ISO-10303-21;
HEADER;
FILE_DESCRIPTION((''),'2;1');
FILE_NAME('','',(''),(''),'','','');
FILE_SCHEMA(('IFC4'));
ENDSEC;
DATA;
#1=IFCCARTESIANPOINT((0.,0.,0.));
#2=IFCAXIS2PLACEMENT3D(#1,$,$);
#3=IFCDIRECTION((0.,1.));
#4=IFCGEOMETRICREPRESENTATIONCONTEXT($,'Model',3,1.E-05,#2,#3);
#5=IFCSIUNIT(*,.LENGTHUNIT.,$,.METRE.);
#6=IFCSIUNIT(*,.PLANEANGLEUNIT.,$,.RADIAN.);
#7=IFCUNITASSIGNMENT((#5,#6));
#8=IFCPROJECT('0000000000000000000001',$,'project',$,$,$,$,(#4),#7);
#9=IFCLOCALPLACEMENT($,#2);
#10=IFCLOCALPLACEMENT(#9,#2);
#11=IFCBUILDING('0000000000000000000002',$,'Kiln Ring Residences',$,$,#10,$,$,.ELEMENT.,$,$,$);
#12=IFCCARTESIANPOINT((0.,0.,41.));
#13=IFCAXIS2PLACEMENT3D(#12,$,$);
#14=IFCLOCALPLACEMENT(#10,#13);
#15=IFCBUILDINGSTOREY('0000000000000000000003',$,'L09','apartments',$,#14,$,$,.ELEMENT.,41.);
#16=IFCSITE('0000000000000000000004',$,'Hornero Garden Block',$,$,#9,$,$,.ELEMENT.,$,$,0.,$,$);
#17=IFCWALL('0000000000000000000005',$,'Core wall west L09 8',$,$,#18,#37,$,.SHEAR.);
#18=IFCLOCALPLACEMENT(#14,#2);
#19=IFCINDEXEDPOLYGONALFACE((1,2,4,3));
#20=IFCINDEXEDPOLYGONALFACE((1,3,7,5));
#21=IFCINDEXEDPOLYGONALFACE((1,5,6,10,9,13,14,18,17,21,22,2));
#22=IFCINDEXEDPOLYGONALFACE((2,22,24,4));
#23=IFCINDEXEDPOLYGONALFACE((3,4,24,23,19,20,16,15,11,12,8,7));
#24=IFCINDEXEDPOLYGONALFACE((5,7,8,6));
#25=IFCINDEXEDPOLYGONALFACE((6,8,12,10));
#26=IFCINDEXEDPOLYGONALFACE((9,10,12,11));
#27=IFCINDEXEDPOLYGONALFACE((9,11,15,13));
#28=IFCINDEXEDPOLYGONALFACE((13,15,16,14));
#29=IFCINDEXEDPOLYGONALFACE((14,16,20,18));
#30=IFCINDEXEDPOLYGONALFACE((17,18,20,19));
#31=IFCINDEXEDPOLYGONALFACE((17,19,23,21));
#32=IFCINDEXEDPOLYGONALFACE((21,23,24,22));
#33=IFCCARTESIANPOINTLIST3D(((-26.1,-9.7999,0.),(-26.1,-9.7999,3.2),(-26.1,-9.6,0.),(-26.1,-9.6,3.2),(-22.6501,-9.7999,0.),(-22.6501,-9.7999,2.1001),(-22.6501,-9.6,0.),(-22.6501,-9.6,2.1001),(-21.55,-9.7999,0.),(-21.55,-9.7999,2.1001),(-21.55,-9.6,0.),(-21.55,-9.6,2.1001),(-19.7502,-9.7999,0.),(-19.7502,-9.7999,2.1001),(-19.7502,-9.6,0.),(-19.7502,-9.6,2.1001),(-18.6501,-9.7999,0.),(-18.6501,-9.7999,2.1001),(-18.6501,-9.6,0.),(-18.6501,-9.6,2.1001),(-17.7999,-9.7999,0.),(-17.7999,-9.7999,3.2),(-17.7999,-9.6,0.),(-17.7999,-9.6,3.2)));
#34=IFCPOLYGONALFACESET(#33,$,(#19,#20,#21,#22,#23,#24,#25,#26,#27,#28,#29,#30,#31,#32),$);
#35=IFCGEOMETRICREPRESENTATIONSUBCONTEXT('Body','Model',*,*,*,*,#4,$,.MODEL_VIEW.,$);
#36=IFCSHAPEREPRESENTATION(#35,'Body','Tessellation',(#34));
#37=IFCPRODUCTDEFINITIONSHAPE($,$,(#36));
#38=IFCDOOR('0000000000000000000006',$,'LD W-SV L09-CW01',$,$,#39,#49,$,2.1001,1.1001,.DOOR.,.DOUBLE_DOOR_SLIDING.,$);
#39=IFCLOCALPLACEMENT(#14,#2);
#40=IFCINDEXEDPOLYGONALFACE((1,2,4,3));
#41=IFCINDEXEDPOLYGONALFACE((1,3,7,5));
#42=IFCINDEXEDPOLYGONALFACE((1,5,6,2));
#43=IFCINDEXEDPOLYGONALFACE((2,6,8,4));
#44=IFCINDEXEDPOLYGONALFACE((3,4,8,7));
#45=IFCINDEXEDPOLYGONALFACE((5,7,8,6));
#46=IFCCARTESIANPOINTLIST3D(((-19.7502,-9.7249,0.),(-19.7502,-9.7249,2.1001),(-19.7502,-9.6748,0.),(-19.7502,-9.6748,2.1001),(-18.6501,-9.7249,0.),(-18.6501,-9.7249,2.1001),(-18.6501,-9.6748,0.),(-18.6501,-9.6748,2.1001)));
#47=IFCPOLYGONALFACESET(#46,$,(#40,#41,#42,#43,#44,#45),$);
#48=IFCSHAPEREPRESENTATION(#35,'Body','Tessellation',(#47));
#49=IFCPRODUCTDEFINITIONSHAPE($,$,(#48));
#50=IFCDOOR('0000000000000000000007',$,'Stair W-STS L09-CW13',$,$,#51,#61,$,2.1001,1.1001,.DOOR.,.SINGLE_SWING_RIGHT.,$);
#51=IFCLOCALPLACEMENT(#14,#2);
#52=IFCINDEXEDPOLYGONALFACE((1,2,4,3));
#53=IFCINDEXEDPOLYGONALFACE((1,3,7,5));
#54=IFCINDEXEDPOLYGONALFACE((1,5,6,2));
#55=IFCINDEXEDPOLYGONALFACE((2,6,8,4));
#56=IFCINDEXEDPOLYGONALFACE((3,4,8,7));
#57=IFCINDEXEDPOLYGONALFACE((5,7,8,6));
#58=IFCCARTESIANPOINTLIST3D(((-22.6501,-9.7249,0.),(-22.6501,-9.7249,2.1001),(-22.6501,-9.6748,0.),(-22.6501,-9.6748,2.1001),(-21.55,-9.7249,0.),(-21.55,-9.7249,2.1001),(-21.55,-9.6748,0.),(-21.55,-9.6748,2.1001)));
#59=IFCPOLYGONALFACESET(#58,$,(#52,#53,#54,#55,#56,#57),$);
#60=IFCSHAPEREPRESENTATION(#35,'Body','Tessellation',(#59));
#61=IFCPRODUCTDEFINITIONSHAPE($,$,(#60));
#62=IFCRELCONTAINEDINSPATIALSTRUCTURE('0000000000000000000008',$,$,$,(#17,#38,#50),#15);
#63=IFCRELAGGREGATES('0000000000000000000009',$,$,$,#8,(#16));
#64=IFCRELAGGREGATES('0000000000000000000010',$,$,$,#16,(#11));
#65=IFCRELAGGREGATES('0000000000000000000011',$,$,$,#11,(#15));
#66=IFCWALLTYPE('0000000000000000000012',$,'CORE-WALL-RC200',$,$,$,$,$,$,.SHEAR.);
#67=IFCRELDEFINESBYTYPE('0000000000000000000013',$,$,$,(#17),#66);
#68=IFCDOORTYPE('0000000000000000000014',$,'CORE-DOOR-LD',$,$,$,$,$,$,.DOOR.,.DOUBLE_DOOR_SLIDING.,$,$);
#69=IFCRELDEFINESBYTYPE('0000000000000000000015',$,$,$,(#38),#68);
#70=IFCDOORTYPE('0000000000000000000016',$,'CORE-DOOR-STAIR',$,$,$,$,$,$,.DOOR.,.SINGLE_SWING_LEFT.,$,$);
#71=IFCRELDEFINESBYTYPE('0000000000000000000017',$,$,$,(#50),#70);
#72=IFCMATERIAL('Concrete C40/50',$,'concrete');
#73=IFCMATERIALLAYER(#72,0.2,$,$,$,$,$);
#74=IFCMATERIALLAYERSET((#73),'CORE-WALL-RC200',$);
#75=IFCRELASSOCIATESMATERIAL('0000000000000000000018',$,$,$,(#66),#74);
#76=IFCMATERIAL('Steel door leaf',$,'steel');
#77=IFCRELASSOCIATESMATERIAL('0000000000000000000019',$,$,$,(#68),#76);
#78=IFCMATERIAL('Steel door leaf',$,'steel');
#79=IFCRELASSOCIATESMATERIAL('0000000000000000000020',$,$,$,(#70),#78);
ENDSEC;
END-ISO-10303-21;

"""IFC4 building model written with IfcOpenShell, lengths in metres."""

from ifc_helpers import new_model, si_unit, direction, frame, frame_2d, origin, place, context, subcontext, project, spatial, rectangle, extrude, material, layer, layer_set, type_object, element, fill, save


model = new_model("IFC4")

# Units and contexts
model_context = context("Model", 3, precision=1e-05, world=origin(), true_north=direction((0.0, 1.0)))
body_context = subcontext(model_context, "Body", "Model", "MODEL_VIEW")
ifc_project = project(units=[si_unit("LENGTHUNIT", "METRE"), si_unit("PLANEANGLEUNIT", "RADIAN")], contexts=[model_context])

# Site, building, storey
site_placement = place(None, origin())
site = spatial("IfcSite", under=ifc_project, at=site_placement, Name="Hornero Garden Block", CompositionType="ELEMENT", RefElevation=0.0)
building_placement = place(site_placement, origin())
building = spatial("IfcBuilding", under=site, at=building_placement, Name="Kiln Ring Residences", CompositionType="ELEMENT")
storey_placement = place(building_placement, frame((0.0, 0.0, 41.0)))
storey = spatial("IfcBuildingStorey", under=building, at=storey_placement, Name="L09", Description="apartments", CompositionType="ELEMENT", Elevation=41.0)

# Wall, openings, doors
ifc_material_1 = material(Name="Concrete C40/50", Category="concrete")
ifc_layer_1 = layer(ifc_material_1, 0.2)
ifc_layer_set_1 = layer_set([ifc_layer_1], Name="CORE-WALL-RC200")
wall_type_1 = type_object("IfcWallType", Name="CORE-WALL-RC200", PredefinedType="SHEAR", material=ifc_layer_set_1)
wall_1_placement = place(storey_placement, frame((-17.8, -9.7, 0.0), z_axis=(0.0, 0.0, 1.0), x_axis=(-1.0, 0.0, 0.0)))
wall_1 = element("IfcWall", 1, at=wall_1_placement, inside=storey, type_object=wall_type_1, Name="Core wall west L09 8", PredefinedType="SHEAR", context=body_context, shape_type="SweptSolid", body=[
    extrude(rectangle(XDim=8.3, YDim=0.2, at=frame_2d((4.1499, 0.0))), origin(), (0.0, 0.0, 1.0), 3.2),
])
opening_1_placement = place(wall_1_placement, frame((0.8501, 0.0, 0.0)))
opening_1 = element("IfcOpeningElement", 2, at=opening_1_placement, cuts=wall_1, PredefinedType="OPENING", context=body_context, shape_type="SweptSolid", body=[
    extrude(rectangle(XDim=1.1001, YDim=2.1001, at=frame_2d((0.55, 1.05))), frame((0.0, 0.1099, 0.0), z_axis=(0.0, -1.0, 0.0), x_axis=(1.0, 0.0, 0.0)), (0.0, 0.0, 1.0), 0.22),
])
opening_2_placement = place(wall_1_placement, frame((3.75, 0.0, 0.0)))
opening_2 = element("IfcOpeningElement", 3, at=opening_2_placement, cuts=wall_1, PredefinedType="OPENING", context=body_context, shape_type="SweptSolid", body=[
    extrude(rectangle(XDim=1.1001, YDim=2.1001, at=frame_2d((0.55, 1.05))), frame((0.0, 0.1099, 0.0), z_axis=(0.0, -1.0, 0.0), x_axis=(1.0, 0.0, 0.0)), (0.0, 0.0, 1.0), 0.22),
])
ifc_material_2 = material(Name="Steel door leaf", Category="steel")
door_type_1 = type_object("IfcDoorType", Name="CORE-DOOR-LD", OperationType="DOUBLE_DOOR_SLIDING", PredefinedType="DOOR", material=ifc_material_2)
door_1_placement = place(opening_1_placement, origin())
door_1 = element("IfcDoor", 4, at=door_1_placement, inside=storey, type_object=door_type_1, Name="LD W-SV L09-CW01", OperationType="DOUBLE_DOOR_SLIDING", OverallHeight=2.1001, OverallWidth=1.1001, PredefinedType="DOOR", context=body_context, shape_type="SweptSolid", body=[
    extrude(rectangle(XDim=1.1001, YDim=2.1001, at=frame_2d((0.55, 1.05))), frame((0.0, 0.0249, 0.0), z_axis=(0.0, -1.0, 0.0), x_axis=(1.0, 0.0, 0.0)), (0.0, 0.0, 1.0), 0.05),
])
fill(opening_1, door_1)
ifc_material_3 = material(Name="Steel door leaf", Category="steel")
door_type_2 = type_object("IfcDoorType", Name="CORE-DOOR-STAIR", OperationType="SINGLE_SWING_LEFT", PredefinedType="DOOR", material=ifc_material_3)
door_2_placement = place(opening_2_placement, origin())
door_2 = element("IfcDoor", 5, at=door_2_placement, inside=storey, type_object=door_type_2, Name="Stair W-STS L09-CW13", OperationType="SINGLE_SWING_RIGHT", OverallHeight=2.1001, OverallWidth=1.1001, PredefinedType="DOOR", context=body_context, shape_type="SweptSolid", body=[
    extrude(rectangle(XDim=1.1001, YDim=2.1001, at=frame_2d((0.55, 1.05))), frame((0.0, 0.0249, 0.0), z_axis=(0.0, -1.0, 0.0), x_axis=(1.0, 0.0, 0.0)), (0.0, 0.0, 1.0), 0.05),
])
fill(opening_2, door_2)

save(model, "model.ifc")
